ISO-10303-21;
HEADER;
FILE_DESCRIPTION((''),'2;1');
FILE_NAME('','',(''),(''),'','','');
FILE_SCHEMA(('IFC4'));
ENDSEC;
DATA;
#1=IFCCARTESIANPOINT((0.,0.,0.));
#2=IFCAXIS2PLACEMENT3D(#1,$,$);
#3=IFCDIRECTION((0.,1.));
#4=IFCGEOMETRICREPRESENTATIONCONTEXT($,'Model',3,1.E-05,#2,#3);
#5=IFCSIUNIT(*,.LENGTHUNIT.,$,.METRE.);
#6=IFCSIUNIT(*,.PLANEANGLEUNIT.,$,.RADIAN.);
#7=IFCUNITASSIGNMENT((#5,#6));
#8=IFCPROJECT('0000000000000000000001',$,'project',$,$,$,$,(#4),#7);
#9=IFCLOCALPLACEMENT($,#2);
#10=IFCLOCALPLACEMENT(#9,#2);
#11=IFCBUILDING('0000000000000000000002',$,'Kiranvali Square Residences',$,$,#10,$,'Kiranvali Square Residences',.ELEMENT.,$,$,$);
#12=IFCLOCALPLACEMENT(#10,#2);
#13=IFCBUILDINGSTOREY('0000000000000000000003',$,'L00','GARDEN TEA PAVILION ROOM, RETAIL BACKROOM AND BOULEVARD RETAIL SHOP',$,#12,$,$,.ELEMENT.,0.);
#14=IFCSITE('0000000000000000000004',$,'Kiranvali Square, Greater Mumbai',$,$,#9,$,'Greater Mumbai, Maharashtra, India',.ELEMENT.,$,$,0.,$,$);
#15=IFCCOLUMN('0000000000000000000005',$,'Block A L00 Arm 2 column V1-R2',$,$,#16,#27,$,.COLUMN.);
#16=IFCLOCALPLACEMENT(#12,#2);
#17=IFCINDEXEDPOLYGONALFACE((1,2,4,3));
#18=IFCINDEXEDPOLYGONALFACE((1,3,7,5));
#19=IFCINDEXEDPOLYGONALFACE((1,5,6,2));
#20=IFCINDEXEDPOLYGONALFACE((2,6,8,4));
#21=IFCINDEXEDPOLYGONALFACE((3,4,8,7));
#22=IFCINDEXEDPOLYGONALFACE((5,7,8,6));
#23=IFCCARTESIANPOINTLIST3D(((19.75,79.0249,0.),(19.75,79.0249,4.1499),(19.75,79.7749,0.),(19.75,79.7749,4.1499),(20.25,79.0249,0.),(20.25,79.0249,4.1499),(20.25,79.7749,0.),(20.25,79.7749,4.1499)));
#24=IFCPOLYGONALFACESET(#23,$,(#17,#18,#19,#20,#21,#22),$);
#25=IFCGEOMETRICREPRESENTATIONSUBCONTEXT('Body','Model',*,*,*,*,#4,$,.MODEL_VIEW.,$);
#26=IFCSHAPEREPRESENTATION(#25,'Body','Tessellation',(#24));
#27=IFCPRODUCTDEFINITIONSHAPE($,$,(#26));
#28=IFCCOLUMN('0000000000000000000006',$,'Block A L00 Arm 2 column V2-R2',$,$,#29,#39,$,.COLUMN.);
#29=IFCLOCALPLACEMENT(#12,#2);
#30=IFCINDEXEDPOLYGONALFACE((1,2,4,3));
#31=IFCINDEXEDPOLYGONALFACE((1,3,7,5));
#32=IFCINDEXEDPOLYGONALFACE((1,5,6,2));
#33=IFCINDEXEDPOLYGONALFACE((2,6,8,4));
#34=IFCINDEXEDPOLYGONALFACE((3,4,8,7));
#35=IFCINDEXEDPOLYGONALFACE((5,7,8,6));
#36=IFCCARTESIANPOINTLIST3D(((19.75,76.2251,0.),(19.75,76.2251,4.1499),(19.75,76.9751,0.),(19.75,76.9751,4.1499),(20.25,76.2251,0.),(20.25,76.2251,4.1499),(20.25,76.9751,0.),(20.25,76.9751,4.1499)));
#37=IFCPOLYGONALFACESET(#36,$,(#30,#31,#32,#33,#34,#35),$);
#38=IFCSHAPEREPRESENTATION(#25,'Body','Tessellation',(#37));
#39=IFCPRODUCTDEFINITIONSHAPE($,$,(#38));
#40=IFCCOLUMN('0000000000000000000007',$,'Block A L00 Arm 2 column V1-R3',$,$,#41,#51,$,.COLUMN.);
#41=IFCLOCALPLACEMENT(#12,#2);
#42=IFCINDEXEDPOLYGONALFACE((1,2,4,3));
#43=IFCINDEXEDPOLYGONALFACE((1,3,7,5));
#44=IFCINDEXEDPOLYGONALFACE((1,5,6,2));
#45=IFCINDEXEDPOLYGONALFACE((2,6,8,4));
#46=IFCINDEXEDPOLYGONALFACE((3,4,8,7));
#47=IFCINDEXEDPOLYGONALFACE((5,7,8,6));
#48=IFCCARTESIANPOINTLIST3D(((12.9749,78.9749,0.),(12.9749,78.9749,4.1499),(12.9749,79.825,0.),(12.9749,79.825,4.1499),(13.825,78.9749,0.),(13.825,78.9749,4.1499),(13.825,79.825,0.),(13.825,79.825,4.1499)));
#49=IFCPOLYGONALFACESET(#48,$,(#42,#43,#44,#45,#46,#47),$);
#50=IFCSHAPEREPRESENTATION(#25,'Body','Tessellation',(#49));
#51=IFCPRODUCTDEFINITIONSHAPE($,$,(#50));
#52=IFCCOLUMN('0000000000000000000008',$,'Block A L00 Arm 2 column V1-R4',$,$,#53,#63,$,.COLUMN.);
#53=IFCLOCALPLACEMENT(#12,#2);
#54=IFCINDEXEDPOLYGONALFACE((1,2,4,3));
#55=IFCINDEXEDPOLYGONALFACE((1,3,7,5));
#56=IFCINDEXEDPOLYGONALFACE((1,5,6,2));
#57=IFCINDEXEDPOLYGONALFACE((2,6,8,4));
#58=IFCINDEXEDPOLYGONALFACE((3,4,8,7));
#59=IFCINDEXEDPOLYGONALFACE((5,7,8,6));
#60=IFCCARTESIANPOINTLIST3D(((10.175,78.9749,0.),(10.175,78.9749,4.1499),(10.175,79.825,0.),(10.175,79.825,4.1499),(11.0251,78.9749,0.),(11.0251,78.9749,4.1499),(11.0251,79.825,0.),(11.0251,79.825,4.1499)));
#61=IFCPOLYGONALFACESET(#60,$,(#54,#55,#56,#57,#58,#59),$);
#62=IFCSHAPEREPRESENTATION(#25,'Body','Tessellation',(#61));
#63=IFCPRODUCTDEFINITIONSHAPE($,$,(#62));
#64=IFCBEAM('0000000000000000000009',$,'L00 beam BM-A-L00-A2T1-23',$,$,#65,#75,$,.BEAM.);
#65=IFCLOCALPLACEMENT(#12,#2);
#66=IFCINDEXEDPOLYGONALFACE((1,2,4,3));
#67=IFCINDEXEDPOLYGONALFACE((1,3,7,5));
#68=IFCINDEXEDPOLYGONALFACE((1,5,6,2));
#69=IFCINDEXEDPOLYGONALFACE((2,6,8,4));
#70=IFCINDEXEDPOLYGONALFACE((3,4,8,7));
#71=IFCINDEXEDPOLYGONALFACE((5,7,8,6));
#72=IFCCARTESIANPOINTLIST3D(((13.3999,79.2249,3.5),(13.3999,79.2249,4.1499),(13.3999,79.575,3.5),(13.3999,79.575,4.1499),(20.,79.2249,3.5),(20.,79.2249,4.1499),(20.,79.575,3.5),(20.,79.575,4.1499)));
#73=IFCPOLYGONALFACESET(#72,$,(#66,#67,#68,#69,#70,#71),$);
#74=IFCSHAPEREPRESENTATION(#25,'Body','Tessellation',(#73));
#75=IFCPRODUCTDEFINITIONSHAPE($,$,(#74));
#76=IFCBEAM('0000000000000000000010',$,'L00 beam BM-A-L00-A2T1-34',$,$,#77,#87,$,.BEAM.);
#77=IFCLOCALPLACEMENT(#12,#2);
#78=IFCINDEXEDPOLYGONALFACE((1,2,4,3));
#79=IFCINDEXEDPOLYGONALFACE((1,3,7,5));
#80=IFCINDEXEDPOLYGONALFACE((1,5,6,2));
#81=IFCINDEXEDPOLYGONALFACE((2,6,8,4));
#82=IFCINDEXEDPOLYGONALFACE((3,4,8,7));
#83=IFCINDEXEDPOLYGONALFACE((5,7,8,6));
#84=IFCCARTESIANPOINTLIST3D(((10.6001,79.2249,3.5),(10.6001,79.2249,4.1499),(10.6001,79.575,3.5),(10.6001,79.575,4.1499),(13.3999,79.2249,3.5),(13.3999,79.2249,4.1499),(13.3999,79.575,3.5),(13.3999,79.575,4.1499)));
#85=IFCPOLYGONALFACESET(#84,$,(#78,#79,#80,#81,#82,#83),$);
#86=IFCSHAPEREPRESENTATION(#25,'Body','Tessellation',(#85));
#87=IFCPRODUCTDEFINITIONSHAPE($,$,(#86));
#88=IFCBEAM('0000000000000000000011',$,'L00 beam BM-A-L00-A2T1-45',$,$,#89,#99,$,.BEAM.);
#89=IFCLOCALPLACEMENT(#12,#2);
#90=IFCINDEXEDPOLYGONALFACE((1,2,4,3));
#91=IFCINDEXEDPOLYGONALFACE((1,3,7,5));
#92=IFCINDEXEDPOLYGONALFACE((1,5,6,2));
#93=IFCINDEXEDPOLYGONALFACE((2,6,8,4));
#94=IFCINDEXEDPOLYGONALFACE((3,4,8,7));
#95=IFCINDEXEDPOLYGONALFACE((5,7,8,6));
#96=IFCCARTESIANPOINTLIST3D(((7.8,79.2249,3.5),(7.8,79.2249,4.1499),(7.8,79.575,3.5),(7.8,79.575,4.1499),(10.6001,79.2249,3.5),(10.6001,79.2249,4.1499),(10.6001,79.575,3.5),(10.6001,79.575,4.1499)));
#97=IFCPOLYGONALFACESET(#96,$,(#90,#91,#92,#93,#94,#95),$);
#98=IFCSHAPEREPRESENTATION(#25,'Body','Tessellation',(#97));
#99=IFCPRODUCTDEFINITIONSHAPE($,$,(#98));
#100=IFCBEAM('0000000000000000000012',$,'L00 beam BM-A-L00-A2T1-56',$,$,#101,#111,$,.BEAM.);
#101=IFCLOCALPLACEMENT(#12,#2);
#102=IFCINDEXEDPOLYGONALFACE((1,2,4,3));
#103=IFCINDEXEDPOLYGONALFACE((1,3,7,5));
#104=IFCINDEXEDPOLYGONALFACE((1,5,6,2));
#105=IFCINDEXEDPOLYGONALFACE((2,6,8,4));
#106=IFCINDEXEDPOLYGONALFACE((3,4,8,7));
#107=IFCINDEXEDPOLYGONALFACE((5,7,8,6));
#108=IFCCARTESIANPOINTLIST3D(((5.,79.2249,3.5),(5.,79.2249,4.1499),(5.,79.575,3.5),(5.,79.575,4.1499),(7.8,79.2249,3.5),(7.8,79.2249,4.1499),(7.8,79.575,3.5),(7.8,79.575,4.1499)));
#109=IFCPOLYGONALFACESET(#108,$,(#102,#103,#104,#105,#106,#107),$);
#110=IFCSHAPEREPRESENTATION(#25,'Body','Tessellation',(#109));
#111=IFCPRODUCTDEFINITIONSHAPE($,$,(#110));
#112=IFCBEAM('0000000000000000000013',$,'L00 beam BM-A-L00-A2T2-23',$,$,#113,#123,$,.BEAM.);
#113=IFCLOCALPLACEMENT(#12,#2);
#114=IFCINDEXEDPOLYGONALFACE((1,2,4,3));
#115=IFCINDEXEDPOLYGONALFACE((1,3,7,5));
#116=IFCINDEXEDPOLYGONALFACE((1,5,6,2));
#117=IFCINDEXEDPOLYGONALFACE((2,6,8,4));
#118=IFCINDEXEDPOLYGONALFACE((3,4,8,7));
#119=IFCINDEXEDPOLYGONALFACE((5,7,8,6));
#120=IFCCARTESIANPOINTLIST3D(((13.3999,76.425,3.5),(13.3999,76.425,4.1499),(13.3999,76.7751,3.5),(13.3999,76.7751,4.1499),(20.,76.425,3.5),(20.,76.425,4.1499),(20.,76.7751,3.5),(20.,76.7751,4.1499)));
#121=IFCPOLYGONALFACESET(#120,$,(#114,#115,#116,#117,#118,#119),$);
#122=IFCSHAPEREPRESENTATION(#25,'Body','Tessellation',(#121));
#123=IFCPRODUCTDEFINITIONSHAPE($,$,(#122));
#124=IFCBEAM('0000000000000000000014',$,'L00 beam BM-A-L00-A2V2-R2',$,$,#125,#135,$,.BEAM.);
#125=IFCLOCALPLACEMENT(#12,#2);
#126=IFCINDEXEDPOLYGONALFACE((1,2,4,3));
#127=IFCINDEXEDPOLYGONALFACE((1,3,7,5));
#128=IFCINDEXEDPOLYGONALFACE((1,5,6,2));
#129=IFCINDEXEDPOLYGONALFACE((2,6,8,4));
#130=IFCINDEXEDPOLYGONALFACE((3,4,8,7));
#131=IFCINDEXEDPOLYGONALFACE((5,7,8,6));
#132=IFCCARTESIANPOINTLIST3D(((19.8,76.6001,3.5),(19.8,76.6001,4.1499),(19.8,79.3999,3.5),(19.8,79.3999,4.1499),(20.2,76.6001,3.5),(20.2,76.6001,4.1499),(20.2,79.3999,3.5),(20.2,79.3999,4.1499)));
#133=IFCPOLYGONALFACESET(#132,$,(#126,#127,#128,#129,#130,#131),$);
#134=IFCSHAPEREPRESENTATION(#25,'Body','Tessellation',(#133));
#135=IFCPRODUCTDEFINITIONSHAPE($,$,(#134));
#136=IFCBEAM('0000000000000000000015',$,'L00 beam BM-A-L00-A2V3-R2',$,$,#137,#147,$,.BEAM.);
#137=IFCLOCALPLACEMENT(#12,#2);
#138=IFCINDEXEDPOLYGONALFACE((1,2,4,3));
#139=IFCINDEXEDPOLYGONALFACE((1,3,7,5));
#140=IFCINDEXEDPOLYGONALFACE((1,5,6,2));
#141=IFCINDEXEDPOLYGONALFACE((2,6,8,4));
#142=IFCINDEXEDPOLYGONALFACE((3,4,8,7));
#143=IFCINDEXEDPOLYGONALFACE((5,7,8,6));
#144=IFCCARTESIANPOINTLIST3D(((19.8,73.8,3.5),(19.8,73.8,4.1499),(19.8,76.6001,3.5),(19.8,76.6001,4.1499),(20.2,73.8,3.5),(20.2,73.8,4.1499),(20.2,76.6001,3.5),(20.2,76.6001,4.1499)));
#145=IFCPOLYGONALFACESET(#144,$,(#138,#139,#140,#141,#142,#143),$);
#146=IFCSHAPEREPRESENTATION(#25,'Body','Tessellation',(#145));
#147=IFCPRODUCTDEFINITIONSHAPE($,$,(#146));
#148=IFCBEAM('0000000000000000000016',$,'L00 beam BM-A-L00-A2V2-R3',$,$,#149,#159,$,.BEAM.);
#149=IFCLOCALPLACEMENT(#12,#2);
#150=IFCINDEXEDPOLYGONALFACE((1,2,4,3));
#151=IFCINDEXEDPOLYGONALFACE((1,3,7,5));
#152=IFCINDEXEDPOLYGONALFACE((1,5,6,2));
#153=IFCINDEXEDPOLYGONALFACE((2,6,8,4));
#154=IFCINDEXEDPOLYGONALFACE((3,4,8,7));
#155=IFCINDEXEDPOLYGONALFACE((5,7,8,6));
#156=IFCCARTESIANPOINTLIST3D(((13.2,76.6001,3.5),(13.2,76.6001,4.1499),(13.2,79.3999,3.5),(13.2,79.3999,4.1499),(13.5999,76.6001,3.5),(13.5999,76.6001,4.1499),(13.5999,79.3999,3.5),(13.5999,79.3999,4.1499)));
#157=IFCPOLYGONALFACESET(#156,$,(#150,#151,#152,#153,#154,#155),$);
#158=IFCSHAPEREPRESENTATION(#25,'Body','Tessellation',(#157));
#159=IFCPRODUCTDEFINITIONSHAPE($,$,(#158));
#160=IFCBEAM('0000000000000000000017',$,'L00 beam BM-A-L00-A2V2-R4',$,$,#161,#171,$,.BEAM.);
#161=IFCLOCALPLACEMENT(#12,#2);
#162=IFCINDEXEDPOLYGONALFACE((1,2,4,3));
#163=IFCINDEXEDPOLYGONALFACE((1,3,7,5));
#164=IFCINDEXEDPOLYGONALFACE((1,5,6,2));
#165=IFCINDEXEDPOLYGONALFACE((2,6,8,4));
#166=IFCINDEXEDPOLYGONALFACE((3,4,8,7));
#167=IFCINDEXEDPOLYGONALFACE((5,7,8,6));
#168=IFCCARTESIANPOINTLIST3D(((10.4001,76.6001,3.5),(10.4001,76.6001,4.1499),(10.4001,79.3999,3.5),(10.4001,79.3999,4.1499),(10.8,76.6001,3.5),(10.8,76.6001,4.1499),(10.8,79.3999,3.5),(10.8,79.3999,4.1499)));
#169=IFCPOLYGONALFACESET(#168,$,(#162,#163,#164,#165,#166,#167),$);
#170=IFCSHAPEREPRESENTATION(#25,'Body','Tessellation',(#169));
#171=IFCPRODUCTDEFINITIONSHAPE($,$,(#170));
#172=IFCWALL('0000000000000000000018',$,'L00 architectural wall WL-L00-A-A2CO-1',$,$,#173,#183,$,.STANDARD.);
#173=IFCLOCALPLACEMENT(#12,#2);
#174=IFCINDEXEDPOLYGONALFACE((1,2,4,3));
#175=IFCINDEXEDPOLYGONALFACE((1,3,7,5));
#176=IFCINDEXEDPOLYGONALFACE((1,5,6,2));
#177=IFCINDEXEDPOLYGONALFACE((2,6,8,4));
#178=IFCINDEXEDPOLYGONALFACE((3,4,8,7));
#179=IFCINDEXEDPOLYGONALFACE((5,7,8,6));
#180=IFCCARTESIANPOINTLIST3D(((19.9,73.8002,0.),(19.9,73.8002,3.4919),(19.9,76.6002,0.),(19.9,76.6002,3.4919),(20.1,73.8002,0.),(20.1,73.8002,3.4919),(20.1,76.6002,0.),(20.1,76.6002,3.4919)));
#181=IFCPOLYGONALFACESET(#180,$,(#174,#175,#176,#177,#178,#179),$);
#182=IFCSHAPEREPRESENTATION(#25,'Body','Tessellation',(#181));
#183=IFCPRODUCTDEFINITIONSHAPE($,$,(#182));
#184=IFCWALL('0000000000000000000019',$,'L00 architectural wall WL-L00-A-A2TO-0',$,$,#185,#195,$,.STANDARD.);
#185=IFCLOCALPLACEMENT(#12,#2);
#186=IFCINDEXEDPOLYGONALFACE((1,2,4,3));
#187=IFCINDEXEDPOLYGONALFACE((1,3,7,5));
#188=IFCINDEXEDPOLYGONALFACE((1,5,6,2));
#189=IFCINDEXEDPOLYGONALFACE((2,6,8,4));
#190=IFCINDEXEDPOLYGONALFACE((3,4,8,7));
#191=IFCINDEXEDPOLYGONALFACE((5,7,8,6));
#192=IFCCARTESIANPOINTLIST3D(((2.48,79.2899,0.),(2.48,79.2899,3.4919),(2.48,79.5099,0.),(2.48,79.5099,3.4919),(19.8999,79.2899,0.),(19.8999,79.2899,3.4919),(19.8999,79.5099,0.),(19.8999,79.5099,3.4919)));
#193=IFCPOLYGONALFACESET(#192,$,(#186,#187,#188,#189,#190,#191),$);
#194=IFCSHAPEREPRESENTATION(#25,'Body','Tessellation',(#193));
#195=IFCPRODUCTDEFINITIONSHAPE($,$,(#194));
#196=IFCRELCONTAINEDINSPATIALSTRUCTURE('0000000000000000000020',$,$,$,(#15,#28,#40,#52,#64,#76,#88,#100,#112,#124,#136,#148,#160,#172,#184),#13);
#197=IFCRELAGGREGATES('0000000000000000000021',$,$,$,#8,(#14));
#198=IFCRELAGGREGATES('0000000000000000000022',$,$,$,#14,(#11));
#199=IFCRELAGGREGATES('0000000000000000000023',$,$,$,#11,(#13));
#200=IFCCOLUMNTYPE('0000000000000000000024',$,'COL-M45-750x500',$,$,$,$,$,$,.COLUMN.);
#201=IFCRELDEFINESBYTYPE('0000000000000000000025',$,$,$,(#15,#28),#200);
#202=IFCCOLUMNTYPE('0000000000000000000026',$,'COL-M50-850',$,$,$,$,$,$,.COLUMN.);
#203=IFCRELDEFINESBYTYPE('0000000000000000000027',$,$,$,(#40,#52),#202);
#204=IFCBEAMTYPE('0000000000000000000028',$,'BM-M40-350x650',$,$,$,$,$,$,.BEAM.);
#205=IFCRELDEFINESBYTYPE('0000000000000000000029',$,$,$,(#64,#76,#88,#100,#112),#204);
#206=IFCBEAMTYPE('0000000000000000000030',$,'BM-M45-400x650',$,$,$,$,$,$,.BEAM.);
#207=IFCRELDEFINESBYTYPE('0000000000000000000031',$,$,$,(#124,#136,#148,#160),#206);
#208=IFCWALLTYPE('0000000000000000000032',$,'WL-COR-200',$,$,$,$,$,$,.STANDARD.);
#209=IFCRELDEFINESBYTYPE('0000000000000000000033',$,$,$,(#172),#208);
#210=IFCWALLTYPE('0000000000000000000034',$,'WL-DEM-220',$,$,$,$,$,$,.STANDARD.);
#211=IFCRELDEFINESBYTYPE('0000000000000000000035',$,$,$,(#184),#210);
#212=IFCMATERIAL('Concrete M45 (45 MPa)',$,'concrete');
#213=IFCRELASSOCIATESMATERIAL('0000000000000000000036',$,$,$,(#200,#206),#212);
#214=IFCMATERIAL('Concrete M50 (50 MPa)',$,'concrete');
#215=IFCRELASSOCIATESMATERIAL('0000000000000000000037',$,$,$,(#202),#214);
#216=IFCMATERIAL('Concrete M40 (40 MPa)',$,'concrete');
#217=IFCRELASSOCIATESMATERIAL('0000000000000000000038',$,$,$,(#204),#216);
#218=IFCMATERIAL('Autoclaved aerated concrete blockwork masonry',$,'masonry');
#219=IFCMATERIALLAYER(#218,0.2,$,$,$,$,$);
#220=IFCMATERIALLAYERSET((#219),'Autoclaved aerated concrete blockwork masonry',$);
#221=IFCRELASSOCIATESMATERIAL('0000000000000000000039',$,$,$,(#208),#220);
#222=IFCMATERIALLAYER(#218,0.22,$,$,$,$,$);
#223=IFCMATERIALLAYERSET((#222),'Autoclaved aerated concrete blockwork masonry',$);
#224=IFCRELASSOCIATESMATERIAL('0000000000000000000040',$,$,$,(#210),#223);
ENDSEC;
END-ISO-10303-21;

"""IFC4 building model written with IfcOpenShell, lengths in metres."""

from ifc_helpers import new_model, si_unit, direction, frame, frame_2d, origin, origin_2d, place, context, subcontext, project, spatial, rectangle, extrude, material, layer, layer_set, material_profile, profile_set, type_object, element, save


model = new_model("IFC4")

# Units and contexts
model_context = context("Model", 3, precision=1e-05, world=origin(), true_north=direction((0.0, 1.0)))
body_context = subcontext(model_context, "Body", "Model", "MODEL_VIEW")
ifc_project = project(units=[si_unit("LENGTHUNIT", "METRE"), si_unit("PLANEANGLEUNIT", "RADIAN")], contexts=[model_context])

# Site, building, storey
site_placement = place(None, origin())
site = spatial("IfcSite", under=ifc_project, at=site_placement, Name="Kiranvali Square, Greater Mumbai", LongName="Greater Mumbai, Maharashtra, India", CompositionType="ELEMENT", RefElevation=0.0)
building_placement = place(site_placement, origin())
building = spatial("IfcBuilding", under=site, at=building_placement, Name="Kiranvali Square Residences", LongName="Kiranvali Square Residences", CompositionType="ELEMENT")
storey_placement = place(building_placement, origin())
storey = spatial("IfcBuildingStorey", under=building, at=storey_placement, Name="L00", Description="GARDEN TEA PAVILION ROOM, RETAIL BACKROOM AND BOULEVARD RETAIL SHOP", CompositionType="ELEMENT", Elevation=0.0)

# Columns
ifc_material_1 = material(Name="Concrete M45 (45 MPa)", Category="concrete")
ifc_material_profile_1 = material_profile(ifc_material_1, rectangle(XDim=0.5, YDim=0.75, at=origin_2d()), Name="RC 750x500")
ifc_profile_set_1 = profile_set([ifc_material_profile_1], Name="Concrete M45 (45 MPa)")
column_type_1 = type_object("IfcColumnType", Name="COL-M45-750x500", PredefinedType="COLUMN", material=ifc_profile_set_1)
for number, where, z_axis, x_axis, name in (
    (1, (20.0, 79.3999, 0.0), (0.0, 0.0, 1.0), (1.0, 0.0, 0.0), "Block A L00 Arm 2 column V1-R2"),
    (2, (20.0, 76.6001, 0.0), (0.0, 0.0, 1.0), (1.0, 0.0, 0.0), "Block A L00 Arm 2 column V2-R2"),
):
    element("IfcColumn", number, at=place(storey_placement, frame(where, z_axis=z_axis, x_axis=x_axis)), inside=storey, type_object=column_type_1, Name=name, PredefinedType="COLUMN", context=body_context, shape_type="SweptSolid", body=[
        extrude(rectangle(XDim=0.5, YDim=0.75, at=origin_2d()), origin(), (0.0, 0.0, 1.0), 4.1499),
    ])
ifc_material_2 = material(Name="Concrete M50 (50 MPa)", Category="concrete")
ifc_material_profile_2 = material_profile(ifc_material_2, rectangle(XDim=0.8501, YDim=0.8501, at=origin_2d()), Name="RC 850x850")
ifc_profile_set_2 = profile_set([ifc_material_profile_2], Name="Concrete M50 (50 MPa)")
column_type_2 = type_object("IfcColumnType", Name="COL-M50-850", PredefinedType="COLUMN", material=ifc_profile_set_2)
for number, where, z_axis, x_axis, name in (
    (3, (13.3999, 79.3999, 0.0), (0.0, 0.0, 1.0), (1.0, 0.0, 0.0), "Block A L00 Arm 2 column V1-R3"),
    (4, (10.6001, 79.3999, 0.0), (0.0, 0.0, 1.0), (1.0, 0.0, 0.0), "Block A L00 Arm 2 column V1-R4"),
):
    element("IfcColumn", number, at=place(storey_placement, frame(where, z_axis=z_axis, x_axis=x_axis)), inside=storey, type_object=column_type_2, Name=name, PredefinedType="COLUMN", context=body_context, shape_type="SweptSolid", body=[
        extrude(rectangle(XDim=0.8501, YDim=0.8501, at=origin_2d()), origin(), (0.0, 0.0, 1.0), 4.1499),
    ])

# Beams
ifc_material_3 = material(Name="Concrete M40 (40 MPa)", Category="concrete")
ifc_material_profile_3 = material_profile(ifc_material_3, rectangle(XDim=0.3501, YDim=0.6499, at=origin_2d()), Name="RC 350x650")
ifc_profile_set_3 = profile_set([ifc_material_profile_3], Name="Concrete M40 (40 MPa)")
beam_type_1 = type_object("IfcBeamType", Name="BM-M40-350x650", PredefinedType="BEAM", material=ifc_profile_set_3)
beam_1_placement = place(storey_placement, frame((20.0, 79.3999, 3.825), z_axis=(-1.0, 0.0, 0.0), x_axis=(0.0, -1.0, 0.0)))
element("IfcBeam", 5, at=beam_1_placement, inside=storey, type_object=beam_type_1, Name="L00 beam BM-A-L00-A2T1-23", PredefinedType="BEAM", context=body_context, shape_type="SweptSolid", body=[
    extrude(rectangle(XDim=0.3501, YDim=0.6499, at=origin_2d()), origin(), (0.0, 0.0, 1.0), 6.6001),
])
beam_2_placement = place(storey_placement, frame((13.3999, 79.3999, 3.825), z_axis=(-1.0, 0.0, 0.0), x_axis=(0.0, -1.0, 0.0)))
element("IfcBeam", 6, at=beam_2_placement, inside=storey, type_object=beam_type_1, Name="L00 beam BM-A-L00-A2T1-34", PredefinedType="BEAM", context=body_context, shape_type="SweptSolid", body=[
    extrude(rectangle(XDim=0.3501, YDim=0.6499, at=origin_2d()), origin(), (0.0, 0.0, 1.0), 2.7998),
])
for number, where, z_axis, x_axis, name in (
    (7, (10.6001, 79.3999, 3.825), (-1.0, 0.0, 0.0), (0.0, -1.0, 0.0), "L00 beam BM-A-L00-A2T1-45"),
    (8, (7.8, 79.3999, 3.825), (-1.0, 0.0, 0.0), (0.0, -1.0, 0.0), "L00 beam BM-A-L00-A2T1-56"),
):
    element("IfcBeam", number, at=place(storey_placement, frame(where, z_axis=z_axis, x_axis=x_axis)), inside=storey, type_object=beam_type_1, Name=name, PredefinedType="BEAM", context=body_context, shape_type="SweptSolid", body=[
        extrude(rectangle(XDim=0.3501, YDim=0.6499, at=origin_2d()), origin(), (0.0, 0.0, 1.0), 2.8),
    ])
beam_3_placement = place(storey_placement, frame((20.0, 76.6001, 3.825), z_axis=(-1.0, 0.0, 0.0), x_axis=(0.0, -1.0, 0.0)))
element("IfcBeam", 9, at=beam_3_placement, inside=storey, type_object=beam_type_1, Name="L00 beam BM-A-L00-A2T2-23", PredefinedType="BEAM", context=body_context, shape_type="SweptSolid", body=[
    extrude(rectangle(XDim=0.3501, YDim=0.6499, at=origin_2d()), origin(), (0.0, 0.0, 1.0), 6.6001),
])
ifc_material_profile_4 = material_profile(ifc_material_1, rectangle(XDim=0.3999, YDim=0.6499, at=origin_2d()), Name="RC 400x650")
ifc_profile_set_4 = profile_set([ifc_material_profile_4], Name="Concrete M45 (45 MPa)")
beam_type_2 = type_object("IfcBeamType", Name="BM-M45-400x650", PredefinedType="BEAM", material=ifc_profile_set_4)
beam_4_placement = place(storey_placement, frame((20.0, 79.3999, 3.825), z_axis=(0.0, -1.0, 0.0), x_axis=(1.0, 0.0, 0.0)))
element("IfcBeam", 10, at=beam_4_placement, inside=storey, type_object=beam_type_2, Name="L00 beam BM-A-L00-A2V2-R2", PredefinedType="BEAM", context=body_context, shape_type="SweptSolid", body=[
    extrude(rectangle(XDim=0.3999, YDim=0.6499, at=origin_2d()), origin(), (0.0, 0.0, 1.0), 2.7998),
])
beam_5_placement = place(storey_placement, frame((20.0, 76.6001, 3.825), z_axis=(0.0, -1.0, 0.0), x_axis=(1.0, 0.0, 0.0)))
element("IfcBeam", 11, at=beam_5_placement, inside=storey, type_object=beam_type_2, Name="L00 beam BM-A-L00-A2V3-R2", PredefinedType="BEAM", context=body_context, shape_type="SweptSolid", body=[
    extrude(rectangle(XDim=0.3999, YDim=0.6499, at=origin_2d()), origin(), (0.0, 0.0, 1.0), 2.8),
])
for number, where, z_axis, x_axis, name in (
    (12, (13.3999, 79.3999, 3.825), (0.0, -1.0, 0.0), (1.0, 0.0, 0.0), "L00 beam BM-A-L00-A2V2-R3"),
    (13, (10.6001, 79.3999, 3.825), (0.0, -1.0, 0.0), (1.0, 0.0, 0.0), "L00 beam BM-A-L00-A2V2-R4"),
):
    element("IfcBeam", number, at=place(storey_placement, frame(where, z_axis=z_axis, x_axis=x_axis)), inside=storey, type_object=beam_type_2, Name=name, PredefinedType="BEAM", context=body_context, shape_type="SweptSolid", body=[
        extrude(rectangle(XDim=0.3999, YDim=0.6499, at=origin_2d()), origin(), (0.0, 0.0, 1.0), 2.7998),
    ])

# Shared definitions
ifc_material_4 = material(Name="Autoclaved aerated concrete blockwork masonry", Category="masonry")
ifc_layer_1 = layer(ifc_material_4, 0.2)
ifc_layer_set_1 = layer_set([ifc_layer_1], Name="Autoclaved aerated concrete blockwork masonry")
wall_type_1 = type_object("IfcWallType", Name="WL-COR-200", PredefinedType="STANDARD", material=ifc_layer_set_1)

# Walls
wall_1_placement = place(storey_placement, frame((20.0, 76.6001, 0.0), z_axis=(0.0, 0.0, 1.0), x_axis=(0.0, -1.0, 0.0)))
element("IfcWall", 14, at=wall_1_placement, inside=storey, type_object=wall_type_1, Name="L00 architectural wall WL-L00-A-A2CO-1", PredefinedType="STANDARD", context=body_context, shape_type="SweptSolid", body=[
    extrude(rectangle(XDim=2.8, YDim=0.2, at=frame_2d((1.3999, 0.0))), origin(), (0.0, 0.0, 1.0), 3.4919),
])
ifc_layer_2 = layer(ifc_material_4, 0.22)
ifc_layer_set_2 = layer_set([ifc_layer_2], Name="Autoclaved aerated concrete blockwork masonry")
wall_type_2 = type_object("IfcWallType", Name="WL-DEM-220", PredefinedType="STANDARD", material=ifc_layer_set_2)
wall_2_placement = place(storey_placement, frame((19.8999, 79.3999, 0.0), z_axis=(0.0, 0.0, 1.0), x_axis=(-1.0, 0.0, 0.0)))
element("IfcWall", 15, at=wall_2_placement, inside=storey, type_object=wall_type_2, Name="L00 architectural wall WL-L00-A-A2TO-0", PredefinedType="STANDARD", context=body_context, shape_type="SweptSolid", body=[
    extrude(rectangle(XDim=17.4199, YDim=0.22, at=frame_2d((8.71, 0.0))), origin(), (0.0, 0.0, 1.0), 3.4919),
])

save(model, "model.ifc")
